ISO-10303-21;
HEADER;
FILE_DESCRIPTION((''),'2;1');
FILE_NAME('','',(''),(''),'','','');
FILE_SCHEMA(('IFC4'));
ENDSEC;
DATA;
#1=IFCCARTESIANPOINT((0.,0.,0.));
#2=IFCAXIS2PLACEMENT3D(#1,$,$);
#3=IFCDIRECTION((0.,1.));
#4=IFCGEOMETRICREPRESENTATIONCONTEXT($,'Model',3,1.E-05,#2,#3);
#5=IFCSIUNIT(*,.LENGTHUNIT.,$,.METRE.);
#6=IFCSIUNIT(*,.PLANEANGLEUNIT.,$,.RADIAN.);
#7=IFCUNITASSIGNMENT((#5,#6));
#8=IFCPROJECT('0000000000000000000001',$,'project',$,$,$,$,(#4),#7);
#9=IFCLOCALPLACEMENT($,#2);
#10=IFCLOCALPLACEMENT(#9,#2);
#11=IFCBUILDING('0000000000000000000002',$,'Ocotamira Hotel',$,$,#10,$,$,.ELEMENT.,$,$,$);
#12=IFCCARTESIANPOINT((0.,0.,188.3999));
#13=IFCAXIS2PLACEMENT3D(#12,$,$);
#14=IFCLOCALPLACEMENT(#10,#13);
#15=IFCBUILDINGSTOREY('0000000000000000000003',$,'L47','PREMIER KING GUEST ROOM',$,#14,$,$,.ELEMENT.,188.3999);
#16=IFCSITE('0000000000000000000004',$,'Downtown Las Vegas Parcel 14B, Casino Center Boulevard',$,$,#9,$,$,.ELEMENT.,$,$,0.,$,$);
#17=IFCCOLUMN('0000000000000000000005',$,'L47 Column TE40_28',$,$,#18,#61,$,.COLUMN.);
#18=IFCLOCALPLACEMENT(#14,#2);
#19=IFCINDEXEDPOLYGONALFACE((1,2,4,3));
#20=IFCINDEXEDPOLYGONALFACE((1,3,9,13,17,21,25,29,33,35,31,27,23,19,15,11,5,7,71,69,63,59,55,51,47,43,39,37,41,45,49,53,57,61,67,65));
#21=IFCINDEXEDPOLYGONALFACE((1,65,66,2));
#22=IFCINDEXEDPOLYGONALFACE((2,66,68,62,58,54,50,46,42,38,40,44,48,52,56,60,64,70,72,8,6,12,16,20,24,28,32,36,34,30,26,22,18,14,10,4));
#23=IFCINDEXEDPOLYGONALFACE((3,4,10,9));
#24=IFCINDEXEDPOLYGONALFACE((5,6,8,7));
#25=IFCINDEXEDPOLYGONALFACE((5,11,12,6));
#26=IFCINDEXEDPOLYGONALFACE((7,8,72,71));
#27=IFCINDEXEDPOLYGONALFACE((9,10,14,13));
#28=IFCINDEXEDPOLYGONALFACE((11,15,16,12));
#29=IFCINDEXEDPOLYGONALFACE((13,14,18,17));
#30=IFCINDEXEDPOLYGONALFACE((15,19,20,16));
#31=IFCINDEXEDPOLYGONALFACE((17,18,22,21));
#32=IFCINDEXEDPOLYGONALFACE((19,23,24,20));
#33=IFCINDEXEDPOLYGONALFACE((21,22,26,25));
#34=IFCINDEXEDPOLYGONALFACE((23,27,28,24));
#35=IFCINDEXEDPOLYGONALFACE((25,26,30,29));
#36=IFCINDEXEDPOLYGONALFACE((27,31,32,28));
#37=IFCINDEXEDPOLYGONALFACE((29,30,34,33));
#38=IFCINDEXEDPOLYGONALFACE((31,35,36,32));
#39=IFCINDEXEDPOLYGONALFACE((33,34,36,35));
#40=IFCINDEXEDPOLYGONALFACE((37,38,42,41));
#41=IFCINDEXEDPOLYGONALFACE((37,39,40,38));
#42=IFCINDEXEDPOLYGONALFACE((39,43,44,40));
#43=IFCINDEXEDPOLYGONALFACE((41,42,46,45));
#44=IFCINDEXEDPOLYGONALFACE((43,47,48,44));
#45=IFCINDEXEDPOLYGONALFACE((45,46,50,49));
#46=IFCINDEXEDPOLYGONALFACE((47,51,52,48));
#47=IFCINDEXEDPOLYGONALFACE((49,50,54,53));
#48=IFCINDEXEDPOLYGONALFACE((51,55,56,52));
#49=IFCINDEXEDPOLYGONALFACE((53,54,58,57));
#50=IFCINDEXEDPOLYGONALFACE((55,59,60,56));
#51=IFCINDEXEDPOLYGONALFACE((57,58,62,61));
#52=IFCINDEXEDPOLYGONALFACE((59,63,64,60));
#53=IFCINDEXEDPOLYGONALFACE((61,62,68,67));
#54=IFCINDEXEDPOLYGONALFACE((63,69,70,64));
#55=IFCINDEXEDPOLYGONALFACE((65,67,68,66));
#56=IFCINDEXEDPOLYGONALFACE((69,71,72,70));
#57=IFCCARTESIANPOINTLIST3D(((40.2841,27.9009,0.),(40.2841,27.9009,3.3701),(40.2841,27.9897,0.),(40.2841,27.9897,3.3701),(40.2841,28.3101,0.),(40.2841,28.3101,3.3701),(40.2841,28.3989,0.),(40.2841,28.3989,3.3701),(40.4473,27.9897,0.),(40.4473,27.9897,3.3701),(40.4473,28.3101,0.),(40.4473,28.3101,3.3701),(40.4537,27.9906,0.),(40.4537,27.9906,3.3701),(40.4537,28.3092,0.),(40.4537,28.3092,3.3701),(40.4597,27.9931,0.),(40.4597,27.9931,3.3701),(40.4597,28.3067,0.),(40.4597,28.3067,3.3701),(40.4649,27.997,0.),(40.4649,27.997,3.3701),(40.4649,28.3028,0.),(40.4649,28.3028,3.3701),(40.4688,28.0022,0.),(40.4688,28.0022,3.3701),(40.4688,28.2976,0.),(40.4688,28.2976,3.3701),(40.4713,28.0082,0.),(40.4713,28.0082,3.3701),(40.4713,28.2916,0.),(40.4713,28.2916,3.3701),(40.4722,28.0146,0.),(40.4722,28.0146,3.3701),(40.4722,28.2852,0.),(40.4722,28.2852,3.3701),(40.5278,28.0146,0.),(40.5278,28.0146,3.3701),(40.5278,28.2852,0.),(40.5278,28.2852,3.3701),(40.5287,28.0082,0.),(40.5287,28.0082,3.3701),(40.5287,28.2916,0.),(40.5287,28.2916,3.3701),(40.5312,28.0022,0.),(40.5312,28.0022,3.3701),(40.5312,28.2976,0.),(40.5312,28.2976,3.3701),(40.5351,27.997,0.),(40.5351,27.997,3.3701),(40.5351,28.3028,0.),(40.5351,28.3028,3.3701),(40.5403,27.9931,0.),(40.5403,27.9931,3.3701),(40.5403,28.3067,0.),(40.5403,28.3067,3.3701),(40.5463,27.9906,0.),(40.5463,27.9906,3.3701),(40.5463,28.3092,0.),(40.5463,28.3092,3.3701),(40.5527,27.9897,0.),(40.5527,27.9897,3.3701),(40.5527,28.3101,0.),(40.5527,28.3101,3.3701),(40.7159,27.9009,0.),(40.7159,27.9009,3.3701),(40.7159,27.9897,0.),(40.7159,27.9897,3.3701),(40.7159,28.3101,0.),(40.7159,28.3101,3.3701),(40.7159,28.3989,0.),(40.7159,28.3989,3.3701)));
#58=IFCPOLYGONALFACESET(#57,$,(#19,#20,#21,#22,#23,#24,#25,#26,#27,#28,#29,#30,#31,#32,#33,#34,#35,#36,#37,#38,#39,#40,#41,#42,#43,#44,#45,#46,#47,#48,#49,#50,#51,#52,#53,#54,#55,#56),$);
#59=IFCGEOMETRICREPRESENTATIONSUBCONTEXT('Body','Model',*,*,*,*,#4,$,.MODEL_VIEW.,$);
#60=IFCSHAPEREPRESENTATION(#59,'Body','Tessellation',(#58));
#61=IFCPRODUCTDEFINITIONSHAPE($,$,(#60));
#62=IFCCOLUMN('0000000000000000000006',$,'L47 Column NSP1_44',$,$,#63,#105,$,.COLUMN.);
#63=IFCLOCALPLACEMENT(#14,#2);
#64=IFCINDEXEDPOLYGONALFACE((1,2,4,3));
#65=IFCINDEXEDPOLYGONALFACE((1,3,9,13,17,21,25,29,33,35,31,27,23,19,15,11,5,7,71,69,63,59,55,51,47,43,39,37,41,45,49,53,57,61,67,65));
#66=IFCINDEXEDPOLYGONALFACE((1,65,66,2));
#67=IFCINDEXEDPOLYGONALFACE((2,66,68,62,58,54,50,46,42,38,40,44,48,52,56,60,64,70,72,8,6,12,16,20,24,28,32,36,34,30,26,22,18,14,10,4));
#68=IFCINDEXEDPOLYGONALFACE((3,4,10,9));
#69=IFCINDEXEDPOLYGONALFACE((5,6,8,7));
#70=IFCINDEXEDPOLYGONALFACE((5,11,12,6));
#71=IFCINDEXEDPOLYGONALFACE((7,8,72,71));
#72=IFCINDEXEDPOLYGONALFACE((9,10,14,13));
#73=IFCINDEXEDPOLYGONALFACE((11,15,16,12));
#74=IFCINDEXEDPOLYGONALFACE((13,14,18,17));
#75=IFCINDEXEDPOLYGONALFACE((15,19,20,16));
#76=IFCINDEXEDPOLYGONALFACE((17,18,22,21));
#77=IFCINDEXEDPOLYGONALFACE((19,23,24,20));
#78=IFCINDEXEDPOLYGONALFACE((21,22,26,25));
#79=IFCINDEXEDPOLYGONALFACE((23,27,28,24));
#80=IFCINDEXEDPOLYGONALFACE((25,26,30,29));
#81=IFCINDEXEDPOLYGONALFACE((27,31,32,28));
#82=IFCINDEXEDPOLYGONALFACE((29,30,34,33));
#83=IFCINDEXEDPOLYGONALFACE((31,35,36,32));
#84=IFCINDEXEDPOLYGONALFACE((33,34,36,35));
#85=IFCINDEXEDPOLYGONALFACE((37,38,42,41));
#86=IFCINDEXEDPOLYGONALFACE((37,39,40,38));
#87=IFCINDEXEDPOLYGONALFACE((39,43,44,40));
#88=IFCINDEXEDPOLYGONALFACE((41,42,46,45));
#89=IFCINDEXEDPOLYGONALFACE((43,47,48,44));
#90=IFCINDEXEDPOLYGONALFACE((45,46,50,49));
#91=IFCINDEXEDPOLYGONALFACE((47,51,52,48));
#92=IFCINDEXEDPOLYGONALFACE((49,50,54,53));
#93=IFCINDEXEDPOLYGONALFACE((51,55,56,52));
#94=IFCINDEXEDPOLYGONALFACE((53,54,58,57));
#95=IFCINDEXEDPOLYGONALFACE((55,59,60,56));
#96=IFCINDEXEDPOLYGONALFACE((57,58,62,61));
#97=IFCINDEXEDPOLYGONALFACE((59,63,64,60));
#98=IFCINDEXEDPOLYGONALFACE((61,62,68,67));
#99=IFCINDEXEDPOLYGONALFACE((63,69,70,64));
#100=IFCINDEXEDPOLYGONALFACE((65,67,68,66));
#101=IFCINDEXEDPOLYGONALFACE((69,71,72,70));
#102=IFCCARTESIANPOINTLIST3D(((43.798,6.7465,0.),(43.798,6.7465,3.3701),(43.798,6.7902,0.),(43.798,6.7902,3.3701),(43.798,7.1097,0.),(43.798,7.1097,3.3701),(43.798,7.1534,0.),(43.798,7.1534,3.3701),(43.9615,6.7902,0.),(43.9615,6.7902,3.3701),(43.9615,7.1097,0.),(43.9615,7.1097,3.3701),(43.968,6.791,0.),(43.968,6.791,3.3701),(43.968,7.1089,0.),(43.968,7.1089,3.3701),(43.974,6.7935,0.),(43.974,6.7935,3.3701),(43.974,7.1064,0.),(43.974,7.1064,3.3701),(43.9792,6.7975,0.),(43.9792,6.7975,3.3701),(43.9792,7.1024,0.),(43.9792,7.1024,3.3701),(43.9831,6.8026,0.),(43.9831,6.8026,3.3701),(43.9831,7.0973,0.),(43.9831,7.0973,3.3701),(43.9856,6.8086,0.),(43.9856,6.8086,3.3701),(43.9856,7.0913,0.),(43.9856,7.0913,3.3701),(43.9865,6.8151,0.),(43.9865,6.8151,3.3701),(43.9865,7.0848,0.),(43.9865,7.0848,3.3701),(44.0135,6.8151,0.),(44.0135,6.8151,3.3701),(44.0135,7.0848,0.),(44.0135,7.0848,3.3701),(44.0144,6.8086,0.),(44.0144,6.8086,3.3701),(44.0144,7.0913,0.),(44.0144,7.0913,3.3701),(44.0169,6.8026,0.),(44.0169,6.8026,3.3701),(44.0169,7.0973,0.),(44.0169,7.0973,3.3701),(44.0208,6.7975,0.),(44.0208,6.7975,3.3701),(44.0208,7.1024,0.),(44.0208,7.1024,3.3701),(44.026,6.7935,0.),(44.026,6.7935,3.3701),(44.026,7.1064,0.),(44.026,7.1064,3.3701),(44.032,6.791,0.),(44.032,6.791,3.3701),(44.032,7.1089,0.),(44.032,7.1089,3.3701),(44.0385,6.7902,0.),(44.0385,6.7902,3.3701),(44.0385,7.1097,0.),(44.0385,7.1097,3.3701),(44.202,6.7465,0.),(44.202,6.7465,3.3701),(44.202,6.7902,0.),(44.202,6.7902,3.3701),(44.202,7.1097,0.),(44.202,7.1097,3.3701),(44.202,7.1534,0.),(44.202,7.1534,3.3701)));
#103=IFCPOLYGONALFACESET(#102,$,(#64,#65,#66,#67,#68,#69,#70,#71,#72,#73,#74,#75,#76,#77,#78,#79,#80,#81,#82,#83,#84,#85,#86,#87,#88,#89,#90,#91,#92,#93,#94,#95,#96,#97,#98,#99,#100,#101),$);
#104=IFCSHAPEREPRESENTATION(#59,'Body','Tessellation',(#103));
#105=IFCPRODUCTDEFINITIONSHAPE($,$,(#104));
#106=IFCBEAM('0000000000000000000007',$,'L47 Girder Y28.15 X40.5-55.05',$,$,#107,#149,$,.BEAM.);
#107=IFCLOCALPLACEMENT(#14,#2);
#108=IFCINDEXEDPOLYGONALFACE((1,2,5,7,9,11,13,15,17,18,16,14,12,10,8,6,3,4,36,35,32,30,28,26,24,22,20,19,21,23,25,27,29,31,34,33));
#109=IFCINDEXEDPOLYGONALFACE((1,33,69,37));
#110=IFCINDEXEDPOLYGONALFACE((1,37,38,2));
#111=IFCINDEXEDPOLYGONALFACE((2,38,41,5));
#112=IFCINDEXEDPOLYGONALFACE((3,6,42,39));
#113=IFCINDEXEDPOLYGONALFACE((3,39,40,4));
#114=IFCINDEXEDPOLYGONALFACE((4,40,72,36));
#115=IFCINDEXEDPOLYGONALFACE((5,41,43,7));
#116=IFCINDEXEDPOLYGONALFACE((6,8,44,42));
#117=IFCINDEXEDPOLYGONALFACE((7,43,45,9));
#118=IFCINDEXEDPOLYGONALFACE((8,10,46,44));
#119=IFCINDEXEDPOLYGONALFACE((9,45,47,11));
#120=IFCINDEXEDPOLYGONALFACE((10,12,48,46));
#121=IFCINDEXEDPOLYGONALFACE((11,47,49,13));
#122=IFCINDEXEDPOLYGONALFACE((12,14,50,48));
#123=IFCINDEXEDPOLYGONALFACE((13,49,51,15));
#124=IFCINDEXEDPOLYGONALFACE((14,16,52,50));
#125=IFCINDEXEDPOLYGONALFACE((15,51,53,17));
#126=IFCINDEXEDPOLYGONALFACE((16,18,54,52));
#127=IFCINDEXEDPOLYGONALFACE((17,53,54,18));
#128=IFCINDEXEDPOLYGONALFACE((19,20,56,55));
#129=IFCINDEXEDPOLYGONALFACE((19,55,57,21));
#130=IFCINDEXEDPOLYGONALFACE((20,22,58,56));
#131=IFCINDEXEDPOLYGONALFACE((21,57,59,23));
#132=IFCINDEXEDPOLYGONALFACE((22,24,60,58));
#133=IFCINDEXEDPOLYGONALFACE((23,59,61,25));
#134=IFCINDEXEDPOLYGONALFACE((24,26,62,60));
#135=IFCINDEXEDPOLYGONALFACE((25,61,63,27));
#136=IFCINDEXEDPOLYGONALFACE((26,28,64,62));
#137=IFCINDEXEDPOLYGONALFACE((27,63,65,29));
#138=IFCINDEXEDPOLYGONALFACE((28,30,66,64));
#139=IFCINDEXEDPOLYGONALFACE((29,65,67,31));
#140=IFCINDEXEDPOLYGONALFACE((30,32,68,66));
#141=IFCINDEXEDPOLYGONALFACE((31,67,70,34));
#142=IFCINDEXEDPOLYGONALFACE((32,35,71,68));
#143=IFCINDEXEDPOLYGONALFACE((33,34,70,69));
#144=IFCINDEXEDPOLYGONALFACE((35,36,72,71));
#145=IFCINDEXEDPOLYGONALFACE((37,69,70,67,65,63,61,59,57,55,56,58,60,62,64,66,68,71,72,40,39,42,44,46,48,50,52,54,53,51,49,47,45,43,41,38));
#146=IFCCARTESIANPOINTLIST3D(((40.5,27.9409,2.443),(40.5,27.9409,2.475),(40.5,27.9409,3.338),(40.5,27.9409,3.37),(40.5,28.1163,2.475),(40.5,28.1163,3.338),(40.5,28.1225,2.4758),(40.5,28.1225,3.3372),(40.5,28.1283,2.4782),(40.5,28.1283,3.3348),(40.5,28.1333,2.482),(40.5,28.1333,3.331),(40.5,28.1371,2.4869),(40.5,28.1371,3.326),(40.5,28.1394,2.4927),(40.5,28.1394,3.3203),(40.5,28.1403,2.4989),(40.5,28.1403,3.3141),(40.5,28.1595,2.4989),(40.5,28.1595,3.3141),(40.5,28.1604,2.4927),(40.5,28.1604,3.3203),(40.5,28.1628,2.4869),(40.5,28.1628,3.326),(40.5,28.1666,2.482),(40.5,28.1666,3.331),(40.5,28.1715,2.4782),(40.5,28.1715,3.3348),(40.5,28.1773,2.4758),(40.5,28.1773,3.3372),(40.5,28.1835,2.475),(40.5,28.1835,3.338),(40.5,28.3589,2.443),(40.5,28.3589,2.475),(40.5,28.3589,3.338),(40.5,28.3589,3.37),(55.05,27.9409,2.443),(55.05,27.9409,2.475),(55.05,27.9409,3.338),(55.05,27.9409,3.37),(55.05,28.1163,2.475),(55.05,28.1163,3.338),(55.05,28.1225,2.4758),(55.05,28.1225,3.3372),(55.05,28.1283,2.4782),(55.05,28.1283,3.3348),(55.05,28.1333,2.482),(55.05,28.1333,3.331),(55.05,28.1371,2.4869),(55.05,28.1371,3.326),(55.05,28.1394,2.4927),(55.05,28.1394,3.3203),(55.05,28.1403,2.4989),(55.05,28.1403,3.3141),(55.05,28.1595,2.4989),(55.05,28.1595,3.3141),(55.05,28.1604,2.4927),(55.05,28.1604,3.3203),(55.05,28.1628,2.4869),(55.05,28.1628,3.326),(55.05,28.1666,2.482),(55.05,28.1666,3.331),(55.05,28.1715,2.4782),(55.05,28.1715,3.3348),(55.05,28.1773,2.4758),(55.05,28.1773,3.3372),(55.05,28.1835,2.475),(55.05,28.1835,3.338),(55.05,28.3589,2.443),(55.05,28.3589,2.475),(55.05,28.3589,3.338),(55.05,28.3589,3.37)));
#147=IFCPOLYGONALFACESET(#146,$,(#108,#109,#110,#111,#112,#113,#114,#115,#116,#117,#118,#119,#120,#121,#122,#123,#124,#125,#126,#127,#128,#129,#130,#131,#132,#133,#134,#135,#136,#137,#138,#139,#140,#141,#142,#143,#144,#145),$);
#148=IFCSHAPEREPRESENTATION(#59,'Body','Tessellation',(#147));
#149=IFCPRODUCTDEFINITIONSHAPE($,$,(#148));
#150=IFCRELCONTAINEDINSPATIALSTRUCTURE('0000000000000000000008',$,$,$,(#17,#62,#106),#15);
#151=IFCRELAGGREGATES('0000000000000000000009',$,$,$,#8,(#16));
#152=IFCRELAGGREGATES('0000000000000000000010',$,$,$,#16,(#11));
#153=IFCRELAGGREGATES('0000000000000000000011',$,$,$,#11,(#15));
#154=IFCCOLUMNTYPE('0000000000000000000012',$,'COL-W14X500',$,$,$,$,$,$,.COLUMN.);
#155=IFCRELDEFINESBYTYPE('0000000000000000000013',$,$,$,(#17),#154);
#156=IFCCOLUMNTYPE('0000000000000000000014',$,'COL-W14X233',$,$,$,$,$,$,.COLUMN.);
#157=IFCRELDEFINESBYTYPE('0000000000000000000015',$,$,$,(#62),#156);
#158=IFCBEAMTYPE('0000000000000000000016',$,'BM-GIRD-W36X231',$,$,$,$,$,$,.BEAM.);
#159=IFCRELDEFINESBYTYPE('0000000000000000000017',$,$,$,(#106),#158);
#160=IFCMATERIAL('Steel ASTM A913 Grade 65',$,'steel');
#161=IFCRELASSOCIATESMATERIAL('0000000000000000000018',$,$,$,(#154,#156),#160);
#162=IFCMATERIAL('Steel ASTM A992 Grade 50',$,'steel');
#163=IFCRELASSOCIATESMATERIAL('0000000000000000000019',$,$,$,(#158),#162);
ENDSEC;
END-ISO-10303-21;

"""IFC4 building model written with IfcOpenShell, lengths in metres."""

from ifc_helpers import new_model, si_unit, direction, frame, origin, origin_2d, place, context, subcontext, project, spatial, i_section, extrude, source, transform, mapped, material, material_profile, profile_set, type_object, element, save


model = new_model("IFC4")

# Units and contexts
model_context = context("Model", 3, precision=1e-05, world=origin(), true_north=direction((0.0, 1.0)))
body_context = subcontext(model_context, "Body", "Model", "MODEL_VIEW")
ifc_project = project(units=[si_unit("LENGTHUNIT", "METRE"), si_unit("PLANEANGLEUNIT", "RADIAN")], contexts=[model_context])

# Site, building, storey
site_placement = place(None, origin())
site = spatial("IfcSite", under=ifc_project, at=site_placement, Name="Downtown Las Vegas Parcel 14B, Casino Center Boulevard", CompositionType="ELEMENT", RefElevation=0.0)
building_placement = place(site_placement, origin())
building = spatial("IfcBuilding", under=site, at=building_placement, Name="Ocotamira Hotel", CompositionType="ELEMENT")
storey_placement = place(building_placement, frame((0.0, 0.0, 188.3999)))
storey = spatial("IfcBuildingStorey", under=building, at=storey_placement, Name="L47", Description="PREMIER KING GUEST ROOM", CompositionType="ELEMENT", Elevation=188.3999)

# Columns
ifc_material_1 = material(Name="Steel ASTM A913 Grade 65", Category="steel")
ifc_material_profile_1 = material_profile(ifc_material_1, i_section(OverallWidth=0.4319, OverallDepth=0.498, WebThickness=0.0557, FlangeThickness=0.0889, FilletRadius=0.0249, at=origin_2d()), Name="W14X500")
ifc_profile_set_1 = profile_set([ifc_material_profile_1], Name="Steel ASTM A913 Grade 65")
column_type_1 = type_object("IfcColumnType", Name="COL-W14X500", PredefinedType="COLUMN", material=ifc_profile_set_1)
shared_shape_1 = source(origin(), body_context, "Body", "SweptSolid", [
    extrude(i_section(OverallWidth=0.4319, OverallDepth=0.498, WebThickness=0.0557, FlangeThickness=0.0889, FilletRadius=0.0249, at=origin_2d()), origin(), (0.0, 0.0, 1.0), 3.3701),
])
column_1_placement = place(storey_placement, frame((40.5, 28.1499, 0.0), z_axis=(0.0, 0.0, 1.0), x_axis=(1.0, 0.0, 0.0)))
element("IfcColumn", 1, at=column_1_placement, inside=storey, type_object=column_type_1, Name="L47 Column TE40_28", PredefinedType="COLUMN", context=body_context, shape_type="MappedRepresentation", body=[
    mapped(shared_shape_1, transform((0.0, 0.0, 0.0), scale=1.0)),
])
ifc_material_profile_2 = material_profile(ifc_material_1, i_section(OverallWidth=0.4041, OverallDepth=0.407, WebThickness=0.0271, FlangeThickness=0.0437, FilletRadius=0.0249, at=origin_2d()), Name="W14X233")
ifc_profile_set_2 = profile_set([ifc_material_profile_2], Name="Steel ASTM A913 Grade 65")
column_type_2 = type_object("IfcColumnType", Name="COL-W14X233", PredefinedType="COLUMN", material=ifc_profile_set_2)
shared_shape_2 = source(origin(), body_context, "Body", "SweptSolid", [
    extrude(i_section(OverallWidth=0.4041, OverallDepth=0.407, WebThickness=0.0271, FlangeThickness=0.0437, FilletRadius=0.0249, at=origin_2d()), origin(), (0.0, 0.0, 1.0), 3.3701),
])
column_2_placement = place(storey_placement, frame((44.0, 6.95, 0.0), z_axis=(0.0, 0.0, 1.0), x_axis=(1.0, 0.0, 0.0)))
element("IfcColumn", 2, at=column_2_placement, inside=storey, type_object=column_type_2, Name="L47 Column NSP1_44", PredefinedType="COLUMN", context=body_context, shape_type="MappedRepresentation", body=[
    mapped(shared_shape_2, transform((0.0, 0.0, 0.0), scale=1.0)),
])

# Beam
ifc_material_2 = material(Name="Steel ASTM A992 Grade 50", Category="steel")
ifc_material_profile_3 = material_profile(ifc_material_2, i_section(OverallWidth=0.418, OverallDepth=0.927, WebThickness=0.0193, FlangeThickness=0.032, FilletRadius=0.0239, at=origin_2d()), Name="W36X231")
ifc_profile_set_3 = profile_set([ifc_material_profile_3], Name="Steel ASTM A992 Grade 50")
beam_type_1 = type_object("IfcBeamType", Name="BM-GIRD-W36X231", PredefinedType="BEAM", material=ifc_profile_set_3)
shared_shape_3 = source(origin(), body_context, "Body", "SweptSolid", [
    extrude(i_section(OverallWidth=0.418, OverallDepth=0.927, WebThickness=0.0193, FlangeThickness=0.032, FilletRadius=0.0239, at=origin_2d()), origin(), (0.0, 0.0, 1.0), 14.55),
])
beam_1_placement = place(storey_placement, frame((40.5, 28.1499, 2.9065), z_axis=(1.0, 0.0, 0.0), x_axis=(0.0, 1.0, 0.0)))
element("IfcBeam", 3, at=beam_1_placement, inside=storey, type_object=beam_type_1, Name="L47 Girder Y28.15 X40.5-55.05", PredefinedType="BEAM", context=body_context, shape_type="MappedRepresentation", body=[
    mapped(shared_shape_3, transform((0.0, 0.0, 0.0), scale=1.0)),
])

save(model, "model.ifc")
